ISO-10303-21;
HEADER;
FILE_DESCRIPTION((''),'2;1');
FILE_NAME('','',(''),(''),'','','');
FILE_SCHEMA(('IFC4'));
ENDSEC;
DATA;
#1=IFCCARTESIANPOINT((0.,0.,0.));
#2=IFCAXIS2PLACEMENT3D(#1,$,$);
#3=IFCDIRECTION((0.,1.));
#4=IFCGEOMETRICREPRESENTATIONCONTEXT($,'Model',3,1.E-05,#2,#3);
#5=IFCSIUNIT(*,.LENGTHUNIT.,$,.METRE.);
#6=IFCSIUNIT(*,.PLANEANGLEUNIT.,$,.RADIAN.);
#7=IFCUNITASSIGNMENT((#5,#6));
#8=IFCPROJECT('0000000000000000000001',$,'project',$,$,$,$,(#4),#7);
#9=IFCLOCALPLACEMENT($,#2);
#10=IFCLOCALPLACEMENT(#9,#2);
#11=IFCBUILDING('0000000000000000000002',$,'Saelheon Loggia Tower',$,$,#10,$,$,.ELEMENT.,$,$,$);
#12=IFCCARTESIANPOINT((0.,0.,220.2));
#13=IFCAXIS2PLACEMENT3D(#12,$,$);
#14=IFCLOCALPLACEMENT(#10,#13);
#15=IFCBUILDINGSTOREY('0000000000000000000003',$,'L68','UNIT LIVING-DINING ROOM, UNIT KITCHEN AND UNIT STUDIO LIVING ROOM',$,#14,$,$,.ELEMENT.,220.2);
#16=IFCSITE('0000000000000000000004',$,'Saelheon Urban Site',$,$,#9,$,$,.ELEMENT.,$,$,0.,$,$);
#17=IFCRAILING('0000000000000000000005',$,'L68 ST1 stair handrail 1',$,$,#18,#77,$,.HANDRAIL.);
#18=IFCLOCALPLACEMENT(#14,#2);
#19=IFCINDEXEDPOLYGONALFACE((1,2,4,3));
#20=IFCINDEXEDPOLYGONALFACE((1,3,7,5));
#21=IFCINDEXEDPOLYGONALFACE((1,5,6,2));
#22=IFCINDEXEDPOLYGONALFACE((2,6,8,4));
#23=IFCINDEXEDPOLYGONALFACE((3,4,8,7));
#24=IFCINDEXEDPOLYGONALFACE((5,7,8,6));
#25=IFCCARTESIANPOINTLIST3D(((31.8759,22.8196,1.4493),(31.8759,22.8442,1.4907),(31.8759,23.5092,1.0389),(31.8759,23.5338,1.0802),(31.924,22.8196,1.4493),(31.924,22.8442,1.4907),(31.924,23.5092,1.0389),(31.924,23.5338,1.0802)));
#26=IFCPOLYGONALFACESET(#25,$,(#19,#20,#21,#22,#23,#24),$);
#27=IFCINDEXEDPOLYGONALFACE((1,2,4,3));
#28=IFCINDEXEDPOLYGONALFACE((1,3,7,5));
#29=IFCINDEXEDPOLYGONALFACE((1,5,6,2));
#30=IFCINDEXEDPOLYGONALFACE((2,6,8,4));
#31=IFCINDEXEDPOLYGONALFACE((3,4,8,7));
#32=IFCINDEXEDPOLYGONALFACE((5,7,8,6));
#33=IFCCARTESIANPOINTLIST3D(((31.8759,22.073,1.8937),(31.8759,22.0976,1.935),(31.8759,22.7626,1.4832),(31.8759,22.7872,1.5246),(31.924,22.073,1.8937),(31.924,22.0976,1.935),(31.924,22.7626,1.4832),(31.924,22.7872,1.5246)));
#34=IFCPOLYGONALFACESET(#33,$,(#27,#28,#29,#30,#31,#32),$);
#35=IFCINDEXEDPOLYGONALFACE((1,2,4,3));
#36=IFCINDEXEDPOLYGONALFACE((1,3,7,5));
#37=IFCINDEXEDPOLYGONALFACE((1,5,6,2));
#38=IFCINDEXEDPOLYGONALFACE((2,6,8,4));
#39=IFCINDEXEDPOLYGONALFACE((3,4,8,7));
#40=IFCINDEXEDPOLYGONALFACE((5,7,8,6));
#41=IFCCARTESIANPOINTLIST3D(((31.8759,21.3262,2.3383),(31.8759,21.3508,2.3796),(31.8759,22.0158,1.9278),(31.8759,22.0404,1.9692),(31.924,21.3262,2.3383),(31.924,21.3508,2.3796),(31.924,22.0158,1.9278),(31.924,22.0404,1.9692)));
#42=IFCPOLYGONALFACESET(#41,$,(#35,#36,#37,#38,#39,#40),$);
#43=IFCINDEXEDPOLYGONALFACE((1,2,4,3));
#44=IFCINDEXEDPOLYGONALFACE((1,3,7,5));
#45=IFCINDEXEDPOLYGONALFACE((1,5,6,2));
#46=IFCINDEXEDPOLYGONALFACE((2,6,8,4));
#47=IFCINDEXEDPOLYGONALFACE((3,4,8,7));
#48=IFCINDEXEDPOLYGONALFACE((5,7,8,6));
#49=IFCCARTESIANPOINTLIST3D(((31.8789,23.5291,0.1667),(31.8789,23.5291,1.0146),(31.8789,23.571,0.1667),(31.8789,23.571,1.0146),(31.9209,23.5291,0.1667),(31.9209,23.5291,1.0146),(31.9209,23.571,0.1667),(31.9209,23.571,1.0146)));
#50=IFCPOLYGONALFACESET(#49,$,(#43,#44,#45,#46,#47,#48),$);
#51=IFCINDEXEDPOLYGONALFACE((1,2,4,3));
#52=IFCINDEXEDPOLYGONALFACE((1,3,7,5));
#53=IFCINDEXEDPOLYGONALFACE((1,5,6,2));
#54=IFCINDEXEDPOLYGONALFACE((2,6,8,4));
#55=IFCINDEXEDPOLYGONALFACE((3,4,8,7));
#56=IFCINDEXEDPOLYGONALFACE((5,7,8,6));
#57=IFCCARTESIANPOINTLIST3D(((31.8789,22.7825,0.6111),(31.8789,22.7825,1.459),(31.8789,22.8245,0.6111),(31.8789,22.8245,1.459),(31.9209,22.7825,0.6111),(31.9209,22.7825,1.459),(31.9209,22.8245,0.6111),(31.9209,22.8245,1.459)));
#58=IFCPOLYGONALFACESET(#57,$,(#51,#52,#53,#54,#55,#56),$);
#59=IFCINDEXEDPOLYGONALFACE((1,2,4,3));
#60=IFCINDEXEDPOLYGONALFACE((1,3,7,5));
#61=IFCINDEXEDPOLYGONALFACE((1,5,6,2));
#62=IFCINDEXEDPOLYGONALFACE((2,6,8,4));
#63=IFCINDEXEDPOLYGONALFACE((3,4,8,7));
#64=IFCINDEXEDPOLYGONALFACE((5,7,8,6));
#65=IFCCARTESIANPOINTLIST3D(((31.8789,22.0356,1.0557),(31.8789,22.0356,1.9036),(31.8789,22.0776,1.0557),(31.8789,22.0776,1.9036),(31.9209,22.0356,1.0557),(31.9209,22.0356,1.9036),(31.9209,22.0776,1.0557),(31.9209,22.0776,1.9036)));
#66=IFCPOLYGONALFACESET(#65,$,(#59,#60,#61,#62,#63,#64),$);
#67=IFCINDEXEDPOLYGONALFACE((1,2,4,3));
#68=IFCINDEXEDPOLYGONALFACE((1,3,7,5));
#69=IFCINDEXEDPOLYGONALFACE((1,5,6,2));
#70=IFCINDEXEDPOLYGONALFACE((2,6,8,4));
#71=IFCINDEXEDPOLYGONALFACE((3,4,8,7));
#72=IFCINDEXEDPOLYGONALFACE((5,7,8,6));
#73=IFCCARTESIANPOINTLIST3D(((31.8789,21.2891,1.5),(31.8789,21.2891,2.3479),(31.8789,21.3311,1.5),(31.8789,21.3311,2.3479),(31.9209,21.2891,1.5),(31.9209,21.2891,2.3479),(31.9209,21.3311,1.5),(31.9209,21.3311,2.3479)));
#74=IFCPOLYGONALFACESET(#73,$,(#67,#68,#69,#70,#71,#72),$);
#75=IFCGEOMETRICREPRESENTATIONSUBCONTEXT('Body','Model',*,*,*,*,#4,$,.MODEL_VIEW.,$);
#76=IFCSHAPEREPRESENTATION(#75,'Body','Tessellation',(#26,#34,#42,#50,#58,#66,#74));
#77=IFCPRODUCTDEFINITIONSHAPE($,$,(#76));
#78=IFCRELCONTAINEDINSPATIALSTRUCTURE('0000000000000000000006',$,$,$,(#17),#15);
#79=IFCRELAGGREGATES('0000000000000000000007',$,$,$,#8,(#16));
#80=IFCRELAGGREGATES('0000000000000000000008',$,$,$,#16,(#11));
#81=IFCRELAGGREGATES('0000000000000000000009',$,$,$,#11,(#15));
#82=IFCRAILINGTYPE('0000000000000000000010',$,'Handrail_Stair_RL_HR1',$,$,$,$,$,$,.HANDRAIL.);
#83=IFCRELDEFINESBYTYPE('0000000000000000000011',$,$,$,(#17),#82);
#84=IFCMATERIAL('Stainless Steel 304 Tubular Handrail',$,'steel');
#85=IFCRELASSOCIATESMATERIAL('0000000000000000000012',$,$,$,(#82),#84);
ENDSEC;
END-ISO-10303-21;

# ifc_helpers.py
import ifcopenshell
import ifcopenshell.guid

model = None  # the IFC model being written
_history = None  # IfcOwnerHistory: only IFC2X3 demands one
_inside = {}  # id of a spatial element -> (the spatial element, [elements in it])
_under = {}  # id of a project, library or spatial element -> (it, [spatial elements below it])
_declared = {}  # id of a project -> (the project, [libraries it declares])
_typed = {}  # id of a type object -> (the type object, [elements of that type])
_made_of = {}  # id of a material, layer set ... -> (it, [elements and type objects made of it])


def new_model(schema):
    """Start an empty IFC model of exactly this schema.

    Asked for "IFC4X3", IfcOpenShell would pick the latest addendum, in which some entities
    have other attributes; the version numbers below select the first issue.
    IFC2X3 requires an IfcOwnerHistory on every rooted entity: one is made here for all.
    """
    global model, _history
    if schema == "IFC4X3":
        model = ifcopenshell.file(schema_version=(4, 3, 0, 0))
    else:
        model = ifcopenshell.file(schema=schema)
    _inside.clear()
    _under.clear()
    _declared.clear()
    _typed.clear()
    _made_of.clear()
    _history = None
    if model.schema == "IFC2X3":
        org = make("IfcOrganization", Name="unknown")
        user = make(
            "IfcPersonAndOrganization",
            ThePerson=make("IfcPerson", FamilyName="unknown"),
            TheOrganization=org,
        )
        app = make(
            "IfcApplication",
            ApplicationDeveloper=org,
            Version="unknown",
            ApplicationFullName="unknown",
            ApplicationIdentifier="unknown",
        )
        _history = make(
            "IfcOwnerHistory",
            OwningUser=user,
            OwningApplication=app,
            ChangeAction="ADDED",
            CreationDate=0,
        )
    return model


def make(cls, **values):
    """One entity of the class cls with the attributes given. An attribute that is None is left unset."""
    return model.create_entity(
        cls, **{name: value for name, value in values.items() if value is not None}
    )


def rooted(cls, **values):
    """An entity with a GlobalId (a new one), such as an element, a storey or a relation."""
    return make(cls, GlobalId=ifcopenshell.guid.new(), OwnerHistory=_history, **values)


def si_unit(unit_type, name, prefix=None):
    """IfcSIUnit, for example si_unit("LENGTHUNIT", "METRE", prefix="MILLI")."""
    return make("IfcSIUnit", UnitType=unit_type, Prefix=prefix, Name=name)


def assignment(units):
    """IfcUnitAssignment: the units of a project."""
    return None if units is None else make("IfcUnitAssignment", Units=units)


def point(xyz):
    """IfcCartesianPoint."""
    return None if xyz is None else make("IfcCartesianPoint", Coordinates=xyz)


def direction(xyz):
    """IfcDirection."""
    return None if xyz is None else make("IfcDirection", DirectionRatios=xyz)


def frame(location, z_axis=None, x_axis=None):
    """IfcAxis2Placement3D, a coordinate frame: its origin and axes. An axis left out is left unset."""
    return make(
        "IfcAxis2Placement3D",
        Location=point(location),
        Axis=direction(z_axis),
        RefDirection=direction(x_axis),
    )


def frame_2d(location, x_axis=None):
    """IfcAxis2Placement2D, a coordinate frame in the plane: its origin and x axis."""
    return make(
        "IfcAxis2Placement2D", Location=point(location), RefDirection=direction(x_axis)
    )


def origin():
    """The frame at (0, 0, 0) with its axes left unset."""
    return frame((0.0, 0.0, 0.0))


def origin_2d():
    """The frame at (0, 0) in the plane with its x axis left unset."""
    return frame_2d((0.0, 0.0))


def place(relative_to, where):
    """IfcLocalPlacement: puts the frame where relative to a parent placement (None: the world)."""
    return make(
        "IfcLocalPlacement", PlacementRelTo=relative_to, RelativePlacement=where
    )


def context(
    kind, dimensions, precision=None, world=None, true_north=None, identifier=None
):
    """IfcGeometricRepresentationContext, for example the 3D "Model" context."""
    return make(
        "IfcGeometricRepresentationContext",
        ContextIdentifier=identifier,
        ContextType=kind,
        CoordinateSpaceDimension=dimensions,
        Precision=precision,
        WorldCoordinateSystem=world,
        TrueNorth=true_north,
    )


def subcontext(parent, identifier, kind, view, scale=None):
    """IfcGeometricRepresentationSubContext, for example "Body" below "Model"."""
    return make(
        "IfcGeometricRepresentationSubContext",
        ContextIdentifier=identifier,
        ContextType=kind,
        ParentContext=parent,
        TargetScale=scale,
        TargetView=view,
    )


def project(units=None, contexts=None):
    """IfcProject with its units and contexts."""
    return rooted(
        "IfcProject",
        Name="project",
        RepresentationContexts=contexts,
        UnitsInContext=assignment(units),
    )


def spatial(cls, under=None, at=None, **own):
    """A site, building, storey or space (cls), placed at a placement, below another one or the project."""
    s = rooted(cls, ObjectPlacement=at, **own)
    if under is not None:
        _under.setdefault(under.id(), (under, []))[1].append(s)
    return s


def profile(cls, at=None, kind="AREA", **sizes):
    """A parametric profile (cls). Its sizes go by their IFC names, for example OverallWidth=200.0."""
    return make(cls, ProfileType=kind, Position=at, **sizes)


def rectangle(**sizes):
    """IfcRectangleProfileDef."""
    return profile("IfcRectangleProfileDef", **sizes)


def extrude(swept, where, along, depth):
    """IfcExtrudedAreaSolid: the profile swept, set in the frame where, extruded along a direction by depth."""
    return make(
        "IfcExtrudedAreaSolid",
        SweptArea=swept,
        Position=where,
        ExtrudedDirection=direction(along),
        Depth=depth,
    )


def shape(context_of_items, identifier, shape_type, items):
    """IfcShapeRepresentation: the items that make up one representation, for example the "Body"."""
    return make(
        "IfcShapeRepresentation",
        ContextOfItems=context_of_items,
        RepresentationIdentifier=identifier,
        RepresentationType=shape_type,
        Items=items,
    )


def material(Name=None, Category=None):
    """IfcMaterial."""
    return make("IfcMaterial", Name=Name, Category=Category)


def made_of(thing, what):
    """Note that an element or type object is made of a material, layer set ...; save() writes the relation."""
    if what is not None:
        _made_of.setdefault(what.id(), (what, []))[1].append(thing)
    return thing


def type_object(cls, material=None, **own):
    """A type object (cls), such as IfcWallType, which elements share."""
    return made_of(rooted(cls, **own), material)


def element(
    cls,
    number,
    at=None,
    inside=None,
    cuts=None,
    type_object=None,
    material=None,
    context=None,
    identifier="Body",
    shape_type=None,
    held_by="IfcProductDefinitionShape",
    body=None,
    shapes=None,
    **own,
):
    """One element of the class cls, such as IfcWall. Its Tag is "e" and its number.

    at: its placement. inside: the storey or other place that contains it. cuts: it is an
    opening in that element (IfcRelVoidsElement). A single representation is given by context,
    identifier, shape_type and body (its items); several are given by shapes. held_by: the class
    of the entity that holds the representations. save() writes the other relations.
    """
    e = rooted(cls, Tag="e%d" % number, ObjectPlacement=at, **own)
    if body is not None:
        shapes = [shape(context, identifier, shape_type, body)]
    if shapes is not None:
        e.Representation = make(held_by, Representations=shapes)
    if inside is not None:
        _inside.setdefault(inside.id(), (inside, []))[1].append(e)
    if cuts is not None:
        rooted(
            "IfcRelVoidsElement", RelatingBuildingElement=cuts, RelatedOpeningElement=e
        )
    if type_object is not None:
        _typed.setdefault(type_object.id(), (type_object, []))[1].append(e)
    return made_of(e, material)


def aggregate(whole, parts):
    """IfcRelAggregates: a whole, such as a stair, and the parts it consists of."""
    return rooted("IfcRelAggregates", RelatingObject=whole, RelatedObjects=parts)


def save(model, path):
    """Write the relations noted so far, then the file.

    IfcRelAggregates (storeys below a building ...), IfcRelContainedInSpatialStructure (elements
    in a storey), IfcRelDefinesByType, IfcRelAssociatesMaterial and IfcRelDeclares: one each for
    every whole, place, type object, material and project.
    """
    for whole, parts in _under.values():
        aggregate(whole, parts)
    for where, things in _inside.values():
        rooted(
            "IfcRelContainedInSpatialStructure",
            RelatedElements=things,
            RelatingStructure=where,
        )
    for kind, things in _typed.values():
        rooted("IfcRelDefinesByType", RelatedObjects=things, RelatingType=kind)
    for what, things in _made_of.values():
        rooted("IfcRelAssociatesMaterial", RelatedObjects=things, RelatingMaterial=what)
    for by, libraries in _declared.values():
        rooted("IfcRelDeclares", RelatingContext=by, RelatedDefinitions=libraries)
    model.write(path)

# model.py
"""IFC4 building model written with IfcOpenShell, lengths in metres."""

from ifc_helpers import new_model, si_unit, direction, frame, origin, origin_2d, place, context, subcontext, project, spatial, rectangle, extrude, material, type_object, element, save


model = new_model("IFC4")

# Units and contexts
model_context = context("Model", 3, precision=1e-05, world=origin(), true_north=direction((0.0, 1.0)))
body_context = subcontext(model_context, "Body", "Model", "MODEL_VIEW")
ifc_project = project(units=[si_unit("LENGTHUNIT", "METRE"), si_unit("PLANEANGLEUNIT", "RADIAN")], contexts=[model_context])

# Site, building, storey
site_placement = place(None, origin())
site = spatial("IfcSite", under=ifc_project, at=site_placement, Name="Saelheon Urban Site", CompositionType="ELEMENT", RefElevation=0.0)
building_placement = place(site_placement, origin())
building = spatial("IfcBuilding", under=site, at=building_placement, Name="Saelheon Loggia Tower", CompositionType="ELEMENT")
storey_placement = place(building_placement, frame((0.0, 0.0, 220.2)))
storey = spatial("IfcBuildingStorey", under=building, at=storey_placement, Name="L68", Description="UNIT LIVING-DINING ROOM, UNIT KITCHEN AND UNIT STUDIO LIVING ROOM", CompositionType="ELEMENT", Elevation=220.2)

# Railing
ifc_material_1 = material(Name="Stainless Steel 304 Tubular Handrail", Category="steel")
railing_type_1 = type_object("IfcRailingType", Name="Handrail_Stair_RL_HR1", PredefinedType="HANDRAIL", material=ifc_material_1)
railing_1_placement = place(storey_placement, frame((31.8999, 23.55, 0.1667)))
element("IfcRailing", 1, at=railing_1_placement, inside=storey, type_object=railing_type_1, Name="L68 ST1 stair handrail 1", PredefinedType="HANDRAIL", context=body_context, shape_type="SweptSolid", body=[
    extrude(rectangle(XDim=0.0481, YDim=0.0481, at=origin_2d()), frame((0.0, -0.0286, 0.8928), z_axis=(0.0, -0.859306, 0.511462), x_axis=(1.0, 0.0, 0.0)), (0.0, 0.0, 1.0), 0.8025),
    extrude(rectangle(XDim=0.0481, YDim=0.0481, at=origin_2d()), frame((0.0, -0.7751, 1.3372), z_axis=(0.0, -0.859306, 0.511462), x_axis=(1.0, 0.0, 0.0)), (0.0, 0.0, 1.0), 0.8025),
    extrude(rectangle(XDim=0.0481, YDim=0.0481, at=origin_2d()), frame((0.0, -1.522, 1.7817), z_axis=(0.0, -0.859306, 0.511462), x_axis=(1.0, 0.0, 0.0)), (0.0, 0.0, 1.0), 0.8025),
    extrude(rectangle(XDim=0.042, YDim=0.042, at=origin_2d()), origin(), (0.0, 0.0, 1.0), 0.8479),
    extrude(rectangle(XDim=0.042, YDim=0.042, at=origin_2d()), frame((0.0, -0.7466, 0.4443)), (0.0, 0.0, 1.0), 0.8479),
    extrude(rectangle(XDim=0.042, YDim=0.042, at=origin_2d()), frame((0.0, -1.4934, 0.8889)), (0.0, 0.0, 1.0), 0.8479),
    extrude(rectangle(XDim=0.042, YDim=0.042, at=origin_2d()), frame((0.0, -2.24, 1.3333)), (0.0, 0.0, 1.0), 0.8479),
])

save(model, "model.ifc")
